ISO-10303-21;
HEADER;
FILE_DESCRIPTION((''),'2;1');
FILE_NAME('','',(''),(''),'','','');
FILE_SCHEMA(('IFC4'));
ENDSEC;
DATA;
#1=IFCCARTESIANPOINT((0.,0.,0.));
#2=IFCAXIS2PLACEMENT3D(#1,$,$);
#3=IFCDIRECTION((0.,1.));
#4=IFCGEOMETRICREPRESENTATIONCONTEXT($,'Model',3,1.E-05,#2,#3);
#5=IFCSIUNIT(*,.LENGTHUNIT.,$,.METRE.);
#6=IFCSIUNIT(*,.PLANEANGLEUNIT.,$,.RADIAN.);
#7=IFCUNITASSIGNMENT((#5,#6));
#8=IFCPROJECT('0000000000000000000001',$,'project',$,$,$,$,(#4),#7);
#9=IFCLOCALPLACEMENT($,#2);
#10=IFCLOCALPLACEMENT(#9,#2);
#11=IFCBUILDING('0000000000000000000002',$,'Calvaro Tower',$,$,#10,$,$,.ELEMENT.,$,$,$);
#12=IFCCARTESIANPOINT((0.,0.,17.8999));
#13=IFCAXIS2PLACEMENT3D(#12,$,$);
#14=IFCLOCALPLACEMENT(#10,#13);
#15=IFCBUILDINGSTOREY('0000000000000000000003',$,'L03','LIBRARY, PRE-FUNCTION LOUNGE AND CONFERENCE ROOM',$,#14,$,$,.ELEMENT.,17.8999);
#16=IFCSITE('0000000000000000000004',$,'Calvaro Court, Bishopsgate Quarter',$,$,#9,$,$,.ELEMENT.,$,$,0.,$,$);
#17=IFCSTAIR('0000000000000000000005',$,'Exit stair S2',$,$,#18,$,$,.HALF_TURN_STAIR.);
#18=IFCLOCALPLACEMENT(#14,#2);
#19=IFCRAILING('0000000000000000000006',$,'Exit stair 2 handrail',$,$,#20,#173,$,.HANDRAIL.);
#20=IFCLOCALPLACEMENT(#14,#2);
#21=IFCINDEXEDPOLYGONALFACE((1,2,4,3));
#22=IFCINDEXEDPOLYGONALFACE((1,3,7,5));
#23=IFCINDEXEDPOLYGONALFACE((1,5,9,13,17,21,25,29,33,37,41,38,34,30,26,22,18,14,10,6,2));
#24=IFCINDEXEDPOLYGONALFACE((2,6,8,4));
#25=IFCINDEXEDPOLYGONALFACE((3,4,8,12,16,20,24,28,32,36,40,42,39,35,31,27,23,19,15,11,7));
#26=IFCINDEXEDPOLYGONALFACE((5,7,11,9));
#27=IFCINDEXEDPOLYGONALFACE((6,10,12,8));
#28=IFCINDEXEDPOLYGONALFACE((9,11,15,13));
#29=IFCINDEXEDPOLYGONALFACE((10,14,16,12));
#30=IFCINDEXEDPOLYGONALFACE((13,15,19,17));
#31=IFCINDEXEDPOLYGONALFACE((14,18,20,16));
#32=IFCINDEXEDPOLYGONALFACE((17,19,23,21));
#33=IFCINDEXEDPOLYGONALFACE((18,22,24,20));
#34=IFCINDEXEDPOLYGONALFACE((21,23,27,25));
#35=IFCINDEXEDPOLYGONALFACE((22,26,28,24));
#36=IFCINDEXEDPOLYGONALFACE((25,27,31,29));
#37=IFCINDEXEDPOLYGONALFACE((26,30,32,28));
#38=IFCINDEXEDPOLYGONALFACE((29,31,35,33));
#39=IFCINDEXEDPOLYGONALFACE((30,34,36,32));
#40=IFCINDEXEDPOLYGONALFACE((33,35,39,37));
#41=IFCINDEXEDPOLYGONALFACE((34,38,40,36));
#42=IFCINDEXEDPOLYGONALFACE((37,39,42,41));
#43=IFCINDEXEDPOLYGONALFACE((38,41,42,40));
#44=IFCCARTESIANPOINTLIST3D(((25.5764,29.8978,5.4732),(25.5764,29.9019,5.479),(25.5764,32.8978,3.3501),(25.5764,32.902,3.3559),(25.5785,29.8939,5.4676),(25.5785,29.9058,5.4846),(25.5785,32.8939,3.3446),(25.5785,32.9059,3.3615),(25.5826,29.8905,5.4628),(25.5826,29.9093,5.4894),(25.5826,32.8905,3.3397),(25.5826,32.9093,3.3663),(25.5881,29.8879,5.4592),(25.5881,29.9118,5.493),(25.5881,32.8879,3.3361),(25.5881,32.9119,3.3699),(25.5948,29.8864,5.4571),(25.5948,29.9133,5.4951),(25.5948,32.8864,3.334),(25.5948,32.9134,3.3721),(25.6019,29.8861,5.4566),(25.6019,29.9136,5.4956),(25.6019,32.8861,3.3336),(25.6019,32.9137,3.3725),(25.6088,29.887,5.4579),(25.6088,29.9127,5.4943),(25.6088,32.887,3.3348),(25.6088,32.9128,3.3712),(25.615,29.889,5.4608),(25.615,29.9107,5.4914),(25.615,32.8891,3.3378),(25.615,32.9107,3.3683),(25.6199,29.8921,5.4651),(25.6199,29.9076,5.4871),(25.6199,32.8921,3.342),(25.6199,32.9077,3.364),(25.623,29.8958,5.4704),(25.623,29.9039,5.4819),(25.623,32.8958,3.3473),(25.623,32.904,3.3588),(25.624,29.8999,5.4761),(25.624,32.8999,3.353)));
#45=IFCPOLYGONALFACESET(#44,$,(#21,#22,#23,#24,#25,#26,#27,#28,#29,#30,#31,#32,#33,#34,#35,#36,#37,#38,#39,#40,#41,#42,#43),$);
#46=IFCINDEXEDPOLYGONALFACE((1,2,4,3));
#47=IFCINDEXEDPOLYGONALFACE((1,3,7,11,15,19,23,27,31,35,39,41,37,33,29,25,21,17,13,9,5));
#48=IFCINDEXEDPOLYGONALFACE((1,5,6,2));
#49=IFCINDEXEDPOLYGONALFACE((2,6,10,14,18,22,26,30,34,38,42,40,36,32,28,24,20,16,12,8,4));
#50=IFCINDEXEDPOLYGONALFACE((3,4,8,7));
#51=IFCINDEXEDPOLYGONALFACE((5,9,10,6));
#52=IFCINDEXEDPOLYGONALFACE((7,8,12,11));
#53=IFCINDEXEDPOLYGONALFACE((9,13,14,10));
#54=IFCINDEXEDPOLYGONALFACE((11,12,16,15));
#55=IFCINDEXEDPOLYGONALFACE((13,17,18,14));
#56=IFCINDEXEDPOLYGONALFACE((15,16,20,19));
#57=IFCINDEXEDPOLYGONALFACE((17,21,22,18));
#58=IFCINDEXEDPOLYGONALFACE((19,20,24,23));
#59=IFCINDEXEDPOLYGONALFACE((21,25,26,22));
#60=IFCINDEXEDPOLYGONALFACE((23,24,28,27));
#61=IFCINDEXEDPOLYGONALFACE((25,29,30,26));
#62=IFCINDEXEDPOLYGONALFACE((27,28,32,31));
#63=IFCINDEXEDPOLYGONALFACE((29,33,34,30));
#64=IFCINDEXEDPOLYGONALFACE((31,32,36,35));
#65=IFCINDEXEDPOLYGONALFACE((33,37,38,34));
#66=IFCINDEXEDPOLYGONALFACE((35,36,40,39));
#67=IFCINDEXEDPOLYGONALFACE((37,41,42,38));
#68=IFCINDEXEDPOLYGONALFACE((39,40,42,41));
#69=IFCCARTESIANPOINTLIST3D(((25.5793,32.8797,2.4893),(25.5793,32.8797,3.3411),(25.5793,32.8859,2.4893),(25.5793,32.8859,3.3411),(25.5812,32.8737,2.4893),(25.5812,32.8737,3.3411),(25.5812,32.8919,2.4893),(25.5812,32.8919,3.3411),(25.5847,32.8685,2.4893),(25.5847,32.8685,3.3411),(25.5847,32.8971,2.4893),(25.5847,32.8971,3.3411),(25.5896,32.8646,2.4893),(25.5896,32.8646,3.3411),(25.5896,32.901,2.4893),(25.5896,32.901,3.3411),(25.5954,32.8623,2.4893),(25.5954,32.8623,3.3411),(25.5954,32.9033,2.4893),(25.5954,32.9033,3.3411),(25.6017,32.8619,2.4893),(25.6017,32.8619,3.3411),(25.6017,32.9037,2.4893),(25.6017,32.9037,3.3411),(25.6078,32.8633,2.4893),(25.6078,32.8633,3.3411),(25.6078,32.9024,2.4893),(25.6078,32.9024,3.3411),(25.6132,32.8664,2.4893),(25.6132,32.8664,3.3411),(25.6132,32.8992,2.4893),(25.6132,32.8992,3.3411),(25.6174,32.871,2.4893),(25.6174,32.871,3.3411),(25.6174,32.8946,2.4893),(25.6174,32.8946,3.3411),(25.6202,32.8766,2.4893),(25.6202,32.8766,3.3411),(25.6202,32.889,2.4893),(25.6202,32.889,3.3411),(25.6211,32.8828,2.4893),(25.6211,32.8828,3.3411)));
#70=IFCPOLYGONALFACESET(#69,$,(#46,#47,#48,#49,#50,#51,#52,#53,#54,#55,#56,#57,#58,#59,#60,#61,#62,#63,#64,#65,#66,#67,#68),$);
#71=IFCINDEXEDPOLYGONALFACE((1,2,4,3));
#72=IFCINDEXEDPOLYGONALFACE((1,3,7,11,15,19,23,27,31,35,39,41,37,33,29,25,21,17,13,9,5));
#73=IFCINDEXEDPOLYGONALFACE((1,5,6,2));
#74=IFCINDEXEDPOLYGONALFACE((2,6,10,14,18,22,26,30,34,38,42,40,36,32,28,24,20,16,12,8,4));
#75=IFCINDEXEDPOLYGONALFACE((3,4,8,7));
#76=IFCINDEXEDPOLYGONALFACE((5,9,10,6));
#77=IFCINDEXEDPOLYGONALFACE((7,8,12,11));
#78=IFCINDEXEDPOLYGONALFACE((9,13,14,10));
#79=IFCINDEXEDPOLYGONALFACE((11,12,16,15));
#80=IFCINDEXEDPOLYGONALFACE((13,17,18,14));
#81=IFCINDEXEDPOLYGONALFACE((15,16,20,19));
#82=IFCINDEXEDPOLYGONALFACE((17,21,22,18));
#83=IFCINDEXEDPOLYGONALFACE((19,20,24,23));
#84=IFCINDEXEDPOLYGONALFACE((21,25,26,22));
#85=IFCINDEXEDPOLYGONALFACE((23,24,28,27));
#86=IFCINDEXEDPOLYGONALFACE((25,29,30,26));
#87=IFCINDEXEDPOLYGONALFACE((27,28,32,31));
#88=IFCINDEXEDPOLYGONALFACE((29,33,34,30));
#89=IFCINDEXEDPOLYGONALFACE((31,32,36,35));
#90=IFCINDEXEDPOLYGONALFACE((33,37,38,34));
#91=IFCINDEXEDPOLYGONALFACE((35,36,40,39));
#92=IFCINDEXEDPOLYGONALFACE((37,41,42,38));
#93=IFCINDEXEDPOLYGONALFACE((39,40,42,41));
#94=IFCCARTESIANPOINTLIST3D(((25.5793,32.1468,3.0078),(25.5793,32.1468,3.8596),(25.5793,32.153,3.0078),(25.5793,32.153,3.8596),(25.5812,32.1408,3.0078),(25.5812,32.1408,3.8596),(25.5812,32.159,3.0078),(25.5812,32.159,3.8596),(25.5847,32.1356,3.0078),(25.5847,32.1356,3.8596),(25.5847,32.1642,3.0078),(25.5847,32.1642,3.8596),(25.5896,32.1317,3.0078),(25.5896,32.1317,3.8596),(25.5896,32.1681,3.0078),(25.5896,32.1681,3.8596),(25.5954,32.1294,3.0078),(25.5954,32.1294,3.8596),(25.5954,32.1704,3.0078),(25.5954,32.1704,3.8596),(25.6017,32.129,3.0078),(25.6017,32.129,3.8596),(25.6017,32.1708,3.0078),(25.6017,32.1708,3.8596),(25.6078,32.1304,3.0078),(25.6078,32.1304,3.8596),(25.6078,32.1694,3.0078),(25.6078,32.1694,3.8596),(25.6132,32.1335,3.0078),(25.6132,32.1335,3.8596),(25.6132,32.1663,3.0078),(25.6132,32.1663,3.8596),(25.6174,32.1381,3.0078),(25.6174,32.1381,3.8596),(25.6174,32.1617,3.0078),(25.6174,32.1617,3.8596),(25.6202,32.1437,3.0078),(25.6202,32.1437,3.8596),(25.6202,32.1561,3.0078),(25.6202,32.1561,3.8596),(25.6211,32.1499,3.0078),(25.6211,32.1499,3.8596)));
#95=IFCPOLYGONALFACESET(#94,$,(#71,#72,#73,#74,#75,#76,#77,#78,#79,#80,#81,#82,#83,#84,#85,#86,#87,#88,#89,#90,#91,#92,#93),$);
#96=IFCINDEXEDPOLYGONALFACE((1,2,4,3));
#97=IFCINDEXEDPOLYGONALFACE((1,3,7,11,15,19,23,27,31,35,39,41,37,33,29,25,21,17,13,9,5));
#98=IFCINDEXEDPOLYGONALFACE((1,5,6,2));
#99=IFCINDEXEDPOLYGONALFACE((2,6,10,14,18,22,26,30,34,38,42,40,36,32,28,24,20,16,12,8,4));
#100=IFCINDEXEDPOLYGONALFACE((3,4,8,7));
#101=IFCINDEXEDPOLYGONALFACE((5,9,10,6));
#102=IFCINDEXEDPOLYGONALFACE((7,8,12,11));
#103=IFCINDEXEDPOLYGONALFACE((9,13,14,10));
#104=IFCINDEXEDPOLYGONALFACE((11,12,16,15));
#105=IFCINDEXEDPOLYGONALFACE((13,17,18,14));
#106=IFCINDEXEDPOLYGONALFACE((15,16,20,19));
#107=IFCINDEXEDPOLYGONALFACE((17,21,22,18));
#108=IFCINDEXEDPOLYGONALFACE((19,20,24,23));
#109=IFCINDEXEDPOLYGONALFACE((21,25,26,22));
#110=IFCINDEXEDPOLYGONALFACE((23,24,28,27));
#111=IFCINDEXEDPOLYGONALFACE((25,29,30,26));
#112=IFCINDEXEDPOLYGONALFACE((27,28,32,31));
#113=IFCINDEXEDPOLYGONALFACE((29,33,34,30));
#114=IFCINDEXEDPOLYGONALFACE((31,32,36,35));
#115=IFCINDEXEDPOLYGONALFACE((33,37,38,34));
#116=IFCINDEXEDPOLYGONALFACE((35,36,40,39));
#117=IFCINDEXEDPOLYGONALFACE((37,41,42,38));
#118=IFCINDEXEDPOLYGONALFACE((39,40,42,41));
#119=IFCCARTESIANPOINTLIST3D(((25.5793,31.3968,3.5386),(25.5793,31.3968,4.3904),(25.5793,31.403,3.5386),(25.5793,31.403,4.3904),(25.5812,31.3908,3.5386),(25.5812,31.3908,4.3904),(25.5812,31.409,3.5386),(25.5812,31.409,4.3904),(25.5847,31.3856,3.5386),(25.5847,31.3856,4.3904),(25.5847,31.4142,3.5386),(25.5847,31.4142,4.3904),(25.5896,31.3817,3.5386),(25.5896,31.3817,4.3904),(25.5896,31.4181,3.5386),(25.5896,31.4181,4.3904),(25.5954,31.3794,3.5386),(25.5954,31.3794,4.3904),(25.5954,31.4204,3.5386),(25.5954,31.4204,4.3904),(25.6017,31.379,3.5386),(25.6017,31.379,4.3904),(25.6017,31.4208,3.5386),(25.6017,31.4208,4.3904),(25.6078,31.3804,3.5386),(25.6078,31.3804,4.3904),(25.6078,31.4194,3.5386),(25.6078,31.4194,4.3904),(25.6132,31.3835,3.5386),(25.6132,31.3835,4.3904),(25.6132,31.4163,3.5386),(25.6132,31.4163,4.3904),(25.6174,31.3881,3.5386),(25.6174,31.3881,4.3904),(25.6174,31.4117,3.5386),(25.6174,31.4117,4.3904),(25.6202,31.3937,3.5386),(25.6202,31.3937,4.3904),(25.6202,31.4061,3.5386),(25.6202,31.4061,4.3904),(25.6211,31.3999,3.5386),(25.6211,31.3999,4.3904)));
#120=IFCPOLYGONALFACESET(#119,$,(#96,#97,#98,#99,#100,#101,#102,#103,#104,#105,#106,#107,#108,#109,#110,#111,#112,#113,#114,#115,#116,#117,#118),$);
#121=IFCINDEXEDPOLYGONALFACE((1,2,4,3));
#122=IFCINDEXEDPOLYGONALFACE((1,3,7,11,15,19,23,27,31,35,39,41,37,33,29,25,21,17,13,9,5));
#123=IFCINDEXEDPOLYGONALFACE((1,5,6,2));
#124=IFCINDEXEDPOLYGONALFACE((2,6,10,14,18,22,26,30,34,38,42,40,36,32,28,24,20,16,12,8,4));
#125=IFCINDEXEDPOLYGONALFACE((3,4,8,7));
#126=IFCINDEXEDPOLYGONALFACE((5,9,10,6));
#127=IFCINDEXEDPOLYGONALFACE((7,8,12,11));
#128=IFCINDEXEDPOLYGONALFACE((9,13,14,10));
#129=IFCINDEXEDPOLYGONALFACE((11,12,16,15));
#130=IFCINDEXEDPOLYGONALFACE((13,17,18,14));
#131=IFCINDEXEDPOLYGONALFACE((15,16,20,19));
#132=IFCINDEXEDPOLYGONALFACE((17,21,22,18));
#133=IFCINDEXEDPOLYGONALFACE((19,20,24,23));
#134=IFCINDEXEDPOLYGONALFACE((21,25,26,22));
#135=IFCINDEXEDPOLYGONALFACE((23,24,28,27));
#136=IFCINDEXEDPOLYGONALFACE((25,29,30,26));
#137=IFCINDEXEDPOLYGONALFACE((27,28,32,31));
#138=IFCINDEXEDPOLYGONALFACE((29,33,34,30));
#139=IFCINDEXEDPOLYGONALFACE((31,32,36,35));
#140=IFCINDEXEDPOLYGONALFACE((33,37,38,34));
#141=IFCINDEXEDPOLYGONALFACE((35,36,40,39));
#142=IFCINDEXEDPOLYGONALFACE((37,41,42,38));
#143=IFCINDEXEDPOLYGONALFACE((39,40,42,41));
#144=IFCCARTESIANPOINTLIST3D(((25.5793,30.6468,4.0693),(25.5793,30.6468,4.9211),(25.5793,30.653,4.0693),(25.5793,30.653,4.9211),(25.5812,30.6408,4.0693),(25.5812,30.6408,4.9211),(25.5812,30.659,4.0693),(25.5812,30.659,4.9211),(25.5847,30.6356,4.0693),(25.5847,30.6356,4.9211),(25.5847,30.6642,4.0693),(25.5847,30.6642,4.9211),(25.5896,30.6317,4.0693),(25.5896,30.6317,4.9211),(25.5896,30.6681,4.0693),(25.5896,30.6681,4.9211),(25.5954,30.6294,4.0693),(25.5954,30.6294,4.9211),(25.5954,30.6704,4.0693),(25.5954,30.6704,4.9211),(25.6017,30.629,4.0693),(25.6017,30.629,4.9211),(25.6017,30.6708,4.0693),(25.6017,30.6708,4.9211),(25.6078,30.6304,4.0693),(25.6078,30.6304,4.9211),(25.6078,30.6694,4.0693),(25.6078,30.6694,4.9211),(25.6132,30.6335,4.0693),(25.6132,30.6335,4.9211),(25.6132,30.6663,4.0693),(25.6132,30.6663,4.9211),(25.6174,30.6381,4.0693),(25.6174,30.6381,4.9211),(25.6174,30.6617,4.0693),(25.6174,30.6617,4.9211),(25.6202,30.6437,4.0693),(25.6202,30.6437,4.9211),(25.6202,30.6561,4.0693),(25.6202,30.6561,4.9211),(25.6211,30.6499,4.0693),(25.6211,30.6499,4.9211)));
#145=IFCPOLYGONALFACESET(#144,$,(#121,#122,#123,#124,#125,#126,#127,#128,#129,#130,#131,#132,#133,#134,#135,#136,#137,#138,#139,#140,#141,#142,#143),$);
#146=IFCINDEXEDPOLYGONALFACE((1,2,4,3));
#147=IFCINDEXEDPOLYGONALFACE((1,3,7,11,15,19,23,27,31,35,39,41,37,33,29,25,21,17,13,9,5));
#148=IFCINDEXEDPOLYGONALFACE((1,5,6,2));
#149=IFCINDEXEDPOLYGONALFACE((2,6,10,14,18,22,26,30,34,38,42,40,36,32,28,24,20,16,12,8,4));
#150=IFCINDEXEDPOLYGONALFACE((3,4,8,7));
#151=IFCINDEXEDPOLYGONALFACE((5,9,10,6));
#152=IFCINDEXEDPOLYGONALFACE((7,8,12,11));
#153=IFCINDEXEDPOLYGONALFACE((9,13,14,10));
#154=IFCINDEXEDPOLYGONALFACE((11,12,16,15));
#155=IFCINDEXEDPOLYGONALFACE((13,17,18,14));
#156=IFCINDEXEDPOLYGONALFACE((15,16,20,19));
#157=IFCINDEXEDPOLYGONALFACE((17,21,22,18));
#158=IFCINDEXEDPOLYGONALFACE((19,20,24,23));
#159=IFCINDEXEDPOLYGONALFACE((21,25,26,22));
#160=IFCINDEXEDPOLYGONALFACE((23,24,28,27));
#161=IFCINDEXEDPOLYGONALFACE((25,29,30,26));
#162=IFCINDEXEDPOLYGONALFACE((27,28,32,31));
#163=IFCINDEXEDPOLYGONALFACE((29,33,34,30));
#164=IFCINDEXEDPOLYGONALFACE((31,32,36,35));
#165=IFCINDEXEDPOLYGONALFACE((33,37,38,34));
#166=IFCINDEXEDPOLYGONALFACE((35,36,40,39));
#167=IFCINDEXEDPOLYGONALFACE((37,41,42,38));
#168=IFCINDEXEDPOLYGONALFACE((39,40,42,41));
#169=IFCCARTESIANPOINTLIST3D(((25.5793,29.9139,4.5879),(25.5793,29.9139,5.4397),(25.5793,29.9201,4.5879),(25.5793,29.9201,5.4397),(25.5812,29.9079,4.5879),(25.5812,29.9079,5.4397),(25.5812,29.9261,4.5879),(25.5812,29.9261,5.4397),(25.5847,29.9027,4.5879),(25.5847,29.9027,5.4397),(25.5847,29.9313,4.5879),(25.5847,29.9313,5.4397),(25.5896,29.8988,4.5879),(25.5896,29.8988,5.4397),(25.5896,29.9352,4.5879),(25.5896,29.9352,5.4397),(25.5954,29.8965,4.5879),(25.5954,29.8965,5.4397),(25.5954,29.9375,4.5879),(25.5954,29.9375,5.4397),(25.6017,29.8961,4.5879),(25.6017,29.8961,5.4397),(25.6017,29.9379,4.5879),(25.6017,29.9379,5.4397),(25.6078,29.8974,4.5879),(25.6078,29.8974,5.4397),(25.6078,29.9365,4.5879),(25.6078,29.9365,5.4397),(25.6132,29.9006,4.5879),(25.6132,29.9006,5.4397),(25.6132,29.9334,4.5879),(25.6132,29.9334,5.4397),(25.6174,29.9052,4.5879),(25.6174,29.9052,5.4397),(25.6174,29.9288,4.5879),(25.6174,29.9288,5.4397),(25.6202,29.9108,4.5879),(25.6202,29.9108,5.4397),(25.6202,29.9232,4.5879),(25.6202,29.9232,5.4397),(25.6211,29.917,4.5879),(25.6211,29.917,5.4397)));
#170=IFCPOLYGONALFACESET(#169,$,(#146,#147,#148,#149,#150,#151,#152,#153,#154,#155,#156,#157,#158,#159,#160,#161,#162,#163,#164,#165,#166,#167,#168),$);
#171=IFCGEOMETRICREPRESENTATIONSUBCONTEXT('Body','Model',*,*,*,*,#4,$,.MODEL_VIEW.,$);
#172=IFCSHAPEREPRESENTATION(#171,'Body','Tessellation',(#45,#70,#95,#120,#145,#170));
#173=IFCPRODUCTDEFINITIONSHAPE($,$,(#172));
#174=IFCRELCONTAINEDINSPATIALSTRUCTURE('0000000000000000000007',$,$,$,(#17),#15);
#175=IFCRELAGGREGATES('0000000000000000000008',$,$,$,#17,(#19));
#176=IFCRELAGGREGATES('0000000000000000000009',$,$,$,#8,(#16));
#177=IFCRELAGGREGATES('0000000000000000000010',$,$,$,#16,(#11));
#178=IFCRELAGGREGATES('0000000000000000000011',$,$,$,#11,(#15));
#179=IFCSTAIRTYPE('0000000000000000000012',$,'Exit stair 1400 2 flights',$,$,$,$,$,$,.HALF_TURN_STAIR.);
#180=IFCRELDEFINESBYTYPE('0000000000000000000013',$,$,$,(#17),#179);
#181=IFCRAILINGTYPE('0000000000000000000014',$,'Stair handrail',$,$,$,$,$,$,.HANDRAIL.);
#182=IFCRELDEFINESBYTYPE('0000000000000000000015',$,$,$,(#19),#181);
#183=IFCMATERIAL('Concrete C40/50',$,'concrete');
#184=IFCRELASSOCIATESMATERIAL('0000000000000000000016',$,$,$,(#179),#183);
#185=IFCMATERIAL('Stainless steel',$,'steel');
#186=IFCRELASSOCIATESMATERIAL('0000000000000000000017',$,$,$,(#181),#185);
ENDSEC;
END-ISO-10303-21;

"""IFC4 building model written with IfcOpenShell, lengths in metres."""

from ifc_helpers import new_model, si_unit, direction, frame, origin, origin_2d, place, context, subcontext, project, spatial, circle, extrude, material, type_object, element, aggregate, save


model = new_model("IFC4")

# Units and contexts
model_context = context("Model", 3, precision=1e-05, world=origin(), true_north=direction((0.0, 1.0)))
body_context = subcontext(model_context, "Body", "Model", "MODEL_VIEW")
ifc_project = project(units=[si_unit("LENGTHUNIT", "METRE"), si_unit("PLANEANGLEUNIT", "RADIAN")], contexts=[model_context])

# Site, building, storey
site_placement = place(None, origin())
site = spatial("IfcSite", under=ifc_project, at=site_placement, Name="Calvaro Court, Bishopsgate Quarter", CompositionType="ELEMENT", RefElevation=0.0)
building_placement = place(site_placement, origin())
building = spatial("IfcBuilding", under=site, at=building_placement, Name="Calvaro Tower", CompositionType="ELEMENT")
storey_placement = place(building_placement, frame((0.0, 0.0, 17.8999)))
storey = spatial("IfcBuildingStorey", under=building, at=storey_placement, Name="L03", Description="LIBRARY, PRE-FUNCTION LOUNGE AND CONFERENCE ROOM", CompositionType="ELEMENT", Elevation=17.8999)

# Stair, railing
ifc_material_1 = material(Name="Concrete C40/50", Category="concrete")
stair_type = type_object("IfcStairType", Name="Exit stair 1400 2 flights", PredefinedType="HALF_TURN_STAIR", material=ifc_material_1)
stair_placement = place(storey_placement, origin())
stair = element("IfcStair", 1, at=stair_placement, inside=storey, type_object=stair_type, Name="Exit stair S2", PredefinedType="HALF_TURN_STAIR")
ifc_material_2 = material(Name="Stainless steel", Category="steel")
railing_type = type_object("IfcRailingType", Name="Stair handrail", PredefinedType="HANDRAIL", material=ifc_material_2)
railing_1_placement = place(storey_placement, frame((25.6001, 32.8999, 2.4771)))
railing_1 = element("IfcRailing", 2, at=railing_1_placement, type_object=railing_type, Name="Exit stair 2 handrail", PredefinedType="HANDRAIL", context=body_context, shape_type="SweptSolid", body=[
    extrude(circle(Radius=0.0239, at=origin_2d()), frame((0.0, 0.0, 0.876), z_axis=(0.0, -0.816275, 0.577663), x_axis=(1.0, 0.0, 0.0)), (0.0, 0.0, 1.0), 3.6753),
    extrude(circle(Radius=0.021, at=origin_2d()), frame((0.0, -0.0171, 0.0122)), (0.0, 0.0, 1.0), 0.8518),
    extrude(circle(Radius=0.021, at=origin_2d()), frame((0.0, -0.75, 0.5308)), (0.0, 0.0, 1.0), 0.8518),
    extrude(circle(Radius=0.021, at=origin_2d()), frame((0.0, -1.5, 1.0615)), (0.0, 0.0, 1.0), 0.8518),
    extrude(circle(Radius=0.021, at=origin_2d()), frame((0.0, -2.25, 1.5923)), (0.0, 0.0, 1.0), 0.8518),
    extrude(circle(Radius=0.021, at=origin_2d()), frame((0.0, -2.9829, 2.1108)), (0.0, 0.0, 1.0), 0.8518),
])
aggregate(stair, [railing_1])

save(model, "model.ifc")
